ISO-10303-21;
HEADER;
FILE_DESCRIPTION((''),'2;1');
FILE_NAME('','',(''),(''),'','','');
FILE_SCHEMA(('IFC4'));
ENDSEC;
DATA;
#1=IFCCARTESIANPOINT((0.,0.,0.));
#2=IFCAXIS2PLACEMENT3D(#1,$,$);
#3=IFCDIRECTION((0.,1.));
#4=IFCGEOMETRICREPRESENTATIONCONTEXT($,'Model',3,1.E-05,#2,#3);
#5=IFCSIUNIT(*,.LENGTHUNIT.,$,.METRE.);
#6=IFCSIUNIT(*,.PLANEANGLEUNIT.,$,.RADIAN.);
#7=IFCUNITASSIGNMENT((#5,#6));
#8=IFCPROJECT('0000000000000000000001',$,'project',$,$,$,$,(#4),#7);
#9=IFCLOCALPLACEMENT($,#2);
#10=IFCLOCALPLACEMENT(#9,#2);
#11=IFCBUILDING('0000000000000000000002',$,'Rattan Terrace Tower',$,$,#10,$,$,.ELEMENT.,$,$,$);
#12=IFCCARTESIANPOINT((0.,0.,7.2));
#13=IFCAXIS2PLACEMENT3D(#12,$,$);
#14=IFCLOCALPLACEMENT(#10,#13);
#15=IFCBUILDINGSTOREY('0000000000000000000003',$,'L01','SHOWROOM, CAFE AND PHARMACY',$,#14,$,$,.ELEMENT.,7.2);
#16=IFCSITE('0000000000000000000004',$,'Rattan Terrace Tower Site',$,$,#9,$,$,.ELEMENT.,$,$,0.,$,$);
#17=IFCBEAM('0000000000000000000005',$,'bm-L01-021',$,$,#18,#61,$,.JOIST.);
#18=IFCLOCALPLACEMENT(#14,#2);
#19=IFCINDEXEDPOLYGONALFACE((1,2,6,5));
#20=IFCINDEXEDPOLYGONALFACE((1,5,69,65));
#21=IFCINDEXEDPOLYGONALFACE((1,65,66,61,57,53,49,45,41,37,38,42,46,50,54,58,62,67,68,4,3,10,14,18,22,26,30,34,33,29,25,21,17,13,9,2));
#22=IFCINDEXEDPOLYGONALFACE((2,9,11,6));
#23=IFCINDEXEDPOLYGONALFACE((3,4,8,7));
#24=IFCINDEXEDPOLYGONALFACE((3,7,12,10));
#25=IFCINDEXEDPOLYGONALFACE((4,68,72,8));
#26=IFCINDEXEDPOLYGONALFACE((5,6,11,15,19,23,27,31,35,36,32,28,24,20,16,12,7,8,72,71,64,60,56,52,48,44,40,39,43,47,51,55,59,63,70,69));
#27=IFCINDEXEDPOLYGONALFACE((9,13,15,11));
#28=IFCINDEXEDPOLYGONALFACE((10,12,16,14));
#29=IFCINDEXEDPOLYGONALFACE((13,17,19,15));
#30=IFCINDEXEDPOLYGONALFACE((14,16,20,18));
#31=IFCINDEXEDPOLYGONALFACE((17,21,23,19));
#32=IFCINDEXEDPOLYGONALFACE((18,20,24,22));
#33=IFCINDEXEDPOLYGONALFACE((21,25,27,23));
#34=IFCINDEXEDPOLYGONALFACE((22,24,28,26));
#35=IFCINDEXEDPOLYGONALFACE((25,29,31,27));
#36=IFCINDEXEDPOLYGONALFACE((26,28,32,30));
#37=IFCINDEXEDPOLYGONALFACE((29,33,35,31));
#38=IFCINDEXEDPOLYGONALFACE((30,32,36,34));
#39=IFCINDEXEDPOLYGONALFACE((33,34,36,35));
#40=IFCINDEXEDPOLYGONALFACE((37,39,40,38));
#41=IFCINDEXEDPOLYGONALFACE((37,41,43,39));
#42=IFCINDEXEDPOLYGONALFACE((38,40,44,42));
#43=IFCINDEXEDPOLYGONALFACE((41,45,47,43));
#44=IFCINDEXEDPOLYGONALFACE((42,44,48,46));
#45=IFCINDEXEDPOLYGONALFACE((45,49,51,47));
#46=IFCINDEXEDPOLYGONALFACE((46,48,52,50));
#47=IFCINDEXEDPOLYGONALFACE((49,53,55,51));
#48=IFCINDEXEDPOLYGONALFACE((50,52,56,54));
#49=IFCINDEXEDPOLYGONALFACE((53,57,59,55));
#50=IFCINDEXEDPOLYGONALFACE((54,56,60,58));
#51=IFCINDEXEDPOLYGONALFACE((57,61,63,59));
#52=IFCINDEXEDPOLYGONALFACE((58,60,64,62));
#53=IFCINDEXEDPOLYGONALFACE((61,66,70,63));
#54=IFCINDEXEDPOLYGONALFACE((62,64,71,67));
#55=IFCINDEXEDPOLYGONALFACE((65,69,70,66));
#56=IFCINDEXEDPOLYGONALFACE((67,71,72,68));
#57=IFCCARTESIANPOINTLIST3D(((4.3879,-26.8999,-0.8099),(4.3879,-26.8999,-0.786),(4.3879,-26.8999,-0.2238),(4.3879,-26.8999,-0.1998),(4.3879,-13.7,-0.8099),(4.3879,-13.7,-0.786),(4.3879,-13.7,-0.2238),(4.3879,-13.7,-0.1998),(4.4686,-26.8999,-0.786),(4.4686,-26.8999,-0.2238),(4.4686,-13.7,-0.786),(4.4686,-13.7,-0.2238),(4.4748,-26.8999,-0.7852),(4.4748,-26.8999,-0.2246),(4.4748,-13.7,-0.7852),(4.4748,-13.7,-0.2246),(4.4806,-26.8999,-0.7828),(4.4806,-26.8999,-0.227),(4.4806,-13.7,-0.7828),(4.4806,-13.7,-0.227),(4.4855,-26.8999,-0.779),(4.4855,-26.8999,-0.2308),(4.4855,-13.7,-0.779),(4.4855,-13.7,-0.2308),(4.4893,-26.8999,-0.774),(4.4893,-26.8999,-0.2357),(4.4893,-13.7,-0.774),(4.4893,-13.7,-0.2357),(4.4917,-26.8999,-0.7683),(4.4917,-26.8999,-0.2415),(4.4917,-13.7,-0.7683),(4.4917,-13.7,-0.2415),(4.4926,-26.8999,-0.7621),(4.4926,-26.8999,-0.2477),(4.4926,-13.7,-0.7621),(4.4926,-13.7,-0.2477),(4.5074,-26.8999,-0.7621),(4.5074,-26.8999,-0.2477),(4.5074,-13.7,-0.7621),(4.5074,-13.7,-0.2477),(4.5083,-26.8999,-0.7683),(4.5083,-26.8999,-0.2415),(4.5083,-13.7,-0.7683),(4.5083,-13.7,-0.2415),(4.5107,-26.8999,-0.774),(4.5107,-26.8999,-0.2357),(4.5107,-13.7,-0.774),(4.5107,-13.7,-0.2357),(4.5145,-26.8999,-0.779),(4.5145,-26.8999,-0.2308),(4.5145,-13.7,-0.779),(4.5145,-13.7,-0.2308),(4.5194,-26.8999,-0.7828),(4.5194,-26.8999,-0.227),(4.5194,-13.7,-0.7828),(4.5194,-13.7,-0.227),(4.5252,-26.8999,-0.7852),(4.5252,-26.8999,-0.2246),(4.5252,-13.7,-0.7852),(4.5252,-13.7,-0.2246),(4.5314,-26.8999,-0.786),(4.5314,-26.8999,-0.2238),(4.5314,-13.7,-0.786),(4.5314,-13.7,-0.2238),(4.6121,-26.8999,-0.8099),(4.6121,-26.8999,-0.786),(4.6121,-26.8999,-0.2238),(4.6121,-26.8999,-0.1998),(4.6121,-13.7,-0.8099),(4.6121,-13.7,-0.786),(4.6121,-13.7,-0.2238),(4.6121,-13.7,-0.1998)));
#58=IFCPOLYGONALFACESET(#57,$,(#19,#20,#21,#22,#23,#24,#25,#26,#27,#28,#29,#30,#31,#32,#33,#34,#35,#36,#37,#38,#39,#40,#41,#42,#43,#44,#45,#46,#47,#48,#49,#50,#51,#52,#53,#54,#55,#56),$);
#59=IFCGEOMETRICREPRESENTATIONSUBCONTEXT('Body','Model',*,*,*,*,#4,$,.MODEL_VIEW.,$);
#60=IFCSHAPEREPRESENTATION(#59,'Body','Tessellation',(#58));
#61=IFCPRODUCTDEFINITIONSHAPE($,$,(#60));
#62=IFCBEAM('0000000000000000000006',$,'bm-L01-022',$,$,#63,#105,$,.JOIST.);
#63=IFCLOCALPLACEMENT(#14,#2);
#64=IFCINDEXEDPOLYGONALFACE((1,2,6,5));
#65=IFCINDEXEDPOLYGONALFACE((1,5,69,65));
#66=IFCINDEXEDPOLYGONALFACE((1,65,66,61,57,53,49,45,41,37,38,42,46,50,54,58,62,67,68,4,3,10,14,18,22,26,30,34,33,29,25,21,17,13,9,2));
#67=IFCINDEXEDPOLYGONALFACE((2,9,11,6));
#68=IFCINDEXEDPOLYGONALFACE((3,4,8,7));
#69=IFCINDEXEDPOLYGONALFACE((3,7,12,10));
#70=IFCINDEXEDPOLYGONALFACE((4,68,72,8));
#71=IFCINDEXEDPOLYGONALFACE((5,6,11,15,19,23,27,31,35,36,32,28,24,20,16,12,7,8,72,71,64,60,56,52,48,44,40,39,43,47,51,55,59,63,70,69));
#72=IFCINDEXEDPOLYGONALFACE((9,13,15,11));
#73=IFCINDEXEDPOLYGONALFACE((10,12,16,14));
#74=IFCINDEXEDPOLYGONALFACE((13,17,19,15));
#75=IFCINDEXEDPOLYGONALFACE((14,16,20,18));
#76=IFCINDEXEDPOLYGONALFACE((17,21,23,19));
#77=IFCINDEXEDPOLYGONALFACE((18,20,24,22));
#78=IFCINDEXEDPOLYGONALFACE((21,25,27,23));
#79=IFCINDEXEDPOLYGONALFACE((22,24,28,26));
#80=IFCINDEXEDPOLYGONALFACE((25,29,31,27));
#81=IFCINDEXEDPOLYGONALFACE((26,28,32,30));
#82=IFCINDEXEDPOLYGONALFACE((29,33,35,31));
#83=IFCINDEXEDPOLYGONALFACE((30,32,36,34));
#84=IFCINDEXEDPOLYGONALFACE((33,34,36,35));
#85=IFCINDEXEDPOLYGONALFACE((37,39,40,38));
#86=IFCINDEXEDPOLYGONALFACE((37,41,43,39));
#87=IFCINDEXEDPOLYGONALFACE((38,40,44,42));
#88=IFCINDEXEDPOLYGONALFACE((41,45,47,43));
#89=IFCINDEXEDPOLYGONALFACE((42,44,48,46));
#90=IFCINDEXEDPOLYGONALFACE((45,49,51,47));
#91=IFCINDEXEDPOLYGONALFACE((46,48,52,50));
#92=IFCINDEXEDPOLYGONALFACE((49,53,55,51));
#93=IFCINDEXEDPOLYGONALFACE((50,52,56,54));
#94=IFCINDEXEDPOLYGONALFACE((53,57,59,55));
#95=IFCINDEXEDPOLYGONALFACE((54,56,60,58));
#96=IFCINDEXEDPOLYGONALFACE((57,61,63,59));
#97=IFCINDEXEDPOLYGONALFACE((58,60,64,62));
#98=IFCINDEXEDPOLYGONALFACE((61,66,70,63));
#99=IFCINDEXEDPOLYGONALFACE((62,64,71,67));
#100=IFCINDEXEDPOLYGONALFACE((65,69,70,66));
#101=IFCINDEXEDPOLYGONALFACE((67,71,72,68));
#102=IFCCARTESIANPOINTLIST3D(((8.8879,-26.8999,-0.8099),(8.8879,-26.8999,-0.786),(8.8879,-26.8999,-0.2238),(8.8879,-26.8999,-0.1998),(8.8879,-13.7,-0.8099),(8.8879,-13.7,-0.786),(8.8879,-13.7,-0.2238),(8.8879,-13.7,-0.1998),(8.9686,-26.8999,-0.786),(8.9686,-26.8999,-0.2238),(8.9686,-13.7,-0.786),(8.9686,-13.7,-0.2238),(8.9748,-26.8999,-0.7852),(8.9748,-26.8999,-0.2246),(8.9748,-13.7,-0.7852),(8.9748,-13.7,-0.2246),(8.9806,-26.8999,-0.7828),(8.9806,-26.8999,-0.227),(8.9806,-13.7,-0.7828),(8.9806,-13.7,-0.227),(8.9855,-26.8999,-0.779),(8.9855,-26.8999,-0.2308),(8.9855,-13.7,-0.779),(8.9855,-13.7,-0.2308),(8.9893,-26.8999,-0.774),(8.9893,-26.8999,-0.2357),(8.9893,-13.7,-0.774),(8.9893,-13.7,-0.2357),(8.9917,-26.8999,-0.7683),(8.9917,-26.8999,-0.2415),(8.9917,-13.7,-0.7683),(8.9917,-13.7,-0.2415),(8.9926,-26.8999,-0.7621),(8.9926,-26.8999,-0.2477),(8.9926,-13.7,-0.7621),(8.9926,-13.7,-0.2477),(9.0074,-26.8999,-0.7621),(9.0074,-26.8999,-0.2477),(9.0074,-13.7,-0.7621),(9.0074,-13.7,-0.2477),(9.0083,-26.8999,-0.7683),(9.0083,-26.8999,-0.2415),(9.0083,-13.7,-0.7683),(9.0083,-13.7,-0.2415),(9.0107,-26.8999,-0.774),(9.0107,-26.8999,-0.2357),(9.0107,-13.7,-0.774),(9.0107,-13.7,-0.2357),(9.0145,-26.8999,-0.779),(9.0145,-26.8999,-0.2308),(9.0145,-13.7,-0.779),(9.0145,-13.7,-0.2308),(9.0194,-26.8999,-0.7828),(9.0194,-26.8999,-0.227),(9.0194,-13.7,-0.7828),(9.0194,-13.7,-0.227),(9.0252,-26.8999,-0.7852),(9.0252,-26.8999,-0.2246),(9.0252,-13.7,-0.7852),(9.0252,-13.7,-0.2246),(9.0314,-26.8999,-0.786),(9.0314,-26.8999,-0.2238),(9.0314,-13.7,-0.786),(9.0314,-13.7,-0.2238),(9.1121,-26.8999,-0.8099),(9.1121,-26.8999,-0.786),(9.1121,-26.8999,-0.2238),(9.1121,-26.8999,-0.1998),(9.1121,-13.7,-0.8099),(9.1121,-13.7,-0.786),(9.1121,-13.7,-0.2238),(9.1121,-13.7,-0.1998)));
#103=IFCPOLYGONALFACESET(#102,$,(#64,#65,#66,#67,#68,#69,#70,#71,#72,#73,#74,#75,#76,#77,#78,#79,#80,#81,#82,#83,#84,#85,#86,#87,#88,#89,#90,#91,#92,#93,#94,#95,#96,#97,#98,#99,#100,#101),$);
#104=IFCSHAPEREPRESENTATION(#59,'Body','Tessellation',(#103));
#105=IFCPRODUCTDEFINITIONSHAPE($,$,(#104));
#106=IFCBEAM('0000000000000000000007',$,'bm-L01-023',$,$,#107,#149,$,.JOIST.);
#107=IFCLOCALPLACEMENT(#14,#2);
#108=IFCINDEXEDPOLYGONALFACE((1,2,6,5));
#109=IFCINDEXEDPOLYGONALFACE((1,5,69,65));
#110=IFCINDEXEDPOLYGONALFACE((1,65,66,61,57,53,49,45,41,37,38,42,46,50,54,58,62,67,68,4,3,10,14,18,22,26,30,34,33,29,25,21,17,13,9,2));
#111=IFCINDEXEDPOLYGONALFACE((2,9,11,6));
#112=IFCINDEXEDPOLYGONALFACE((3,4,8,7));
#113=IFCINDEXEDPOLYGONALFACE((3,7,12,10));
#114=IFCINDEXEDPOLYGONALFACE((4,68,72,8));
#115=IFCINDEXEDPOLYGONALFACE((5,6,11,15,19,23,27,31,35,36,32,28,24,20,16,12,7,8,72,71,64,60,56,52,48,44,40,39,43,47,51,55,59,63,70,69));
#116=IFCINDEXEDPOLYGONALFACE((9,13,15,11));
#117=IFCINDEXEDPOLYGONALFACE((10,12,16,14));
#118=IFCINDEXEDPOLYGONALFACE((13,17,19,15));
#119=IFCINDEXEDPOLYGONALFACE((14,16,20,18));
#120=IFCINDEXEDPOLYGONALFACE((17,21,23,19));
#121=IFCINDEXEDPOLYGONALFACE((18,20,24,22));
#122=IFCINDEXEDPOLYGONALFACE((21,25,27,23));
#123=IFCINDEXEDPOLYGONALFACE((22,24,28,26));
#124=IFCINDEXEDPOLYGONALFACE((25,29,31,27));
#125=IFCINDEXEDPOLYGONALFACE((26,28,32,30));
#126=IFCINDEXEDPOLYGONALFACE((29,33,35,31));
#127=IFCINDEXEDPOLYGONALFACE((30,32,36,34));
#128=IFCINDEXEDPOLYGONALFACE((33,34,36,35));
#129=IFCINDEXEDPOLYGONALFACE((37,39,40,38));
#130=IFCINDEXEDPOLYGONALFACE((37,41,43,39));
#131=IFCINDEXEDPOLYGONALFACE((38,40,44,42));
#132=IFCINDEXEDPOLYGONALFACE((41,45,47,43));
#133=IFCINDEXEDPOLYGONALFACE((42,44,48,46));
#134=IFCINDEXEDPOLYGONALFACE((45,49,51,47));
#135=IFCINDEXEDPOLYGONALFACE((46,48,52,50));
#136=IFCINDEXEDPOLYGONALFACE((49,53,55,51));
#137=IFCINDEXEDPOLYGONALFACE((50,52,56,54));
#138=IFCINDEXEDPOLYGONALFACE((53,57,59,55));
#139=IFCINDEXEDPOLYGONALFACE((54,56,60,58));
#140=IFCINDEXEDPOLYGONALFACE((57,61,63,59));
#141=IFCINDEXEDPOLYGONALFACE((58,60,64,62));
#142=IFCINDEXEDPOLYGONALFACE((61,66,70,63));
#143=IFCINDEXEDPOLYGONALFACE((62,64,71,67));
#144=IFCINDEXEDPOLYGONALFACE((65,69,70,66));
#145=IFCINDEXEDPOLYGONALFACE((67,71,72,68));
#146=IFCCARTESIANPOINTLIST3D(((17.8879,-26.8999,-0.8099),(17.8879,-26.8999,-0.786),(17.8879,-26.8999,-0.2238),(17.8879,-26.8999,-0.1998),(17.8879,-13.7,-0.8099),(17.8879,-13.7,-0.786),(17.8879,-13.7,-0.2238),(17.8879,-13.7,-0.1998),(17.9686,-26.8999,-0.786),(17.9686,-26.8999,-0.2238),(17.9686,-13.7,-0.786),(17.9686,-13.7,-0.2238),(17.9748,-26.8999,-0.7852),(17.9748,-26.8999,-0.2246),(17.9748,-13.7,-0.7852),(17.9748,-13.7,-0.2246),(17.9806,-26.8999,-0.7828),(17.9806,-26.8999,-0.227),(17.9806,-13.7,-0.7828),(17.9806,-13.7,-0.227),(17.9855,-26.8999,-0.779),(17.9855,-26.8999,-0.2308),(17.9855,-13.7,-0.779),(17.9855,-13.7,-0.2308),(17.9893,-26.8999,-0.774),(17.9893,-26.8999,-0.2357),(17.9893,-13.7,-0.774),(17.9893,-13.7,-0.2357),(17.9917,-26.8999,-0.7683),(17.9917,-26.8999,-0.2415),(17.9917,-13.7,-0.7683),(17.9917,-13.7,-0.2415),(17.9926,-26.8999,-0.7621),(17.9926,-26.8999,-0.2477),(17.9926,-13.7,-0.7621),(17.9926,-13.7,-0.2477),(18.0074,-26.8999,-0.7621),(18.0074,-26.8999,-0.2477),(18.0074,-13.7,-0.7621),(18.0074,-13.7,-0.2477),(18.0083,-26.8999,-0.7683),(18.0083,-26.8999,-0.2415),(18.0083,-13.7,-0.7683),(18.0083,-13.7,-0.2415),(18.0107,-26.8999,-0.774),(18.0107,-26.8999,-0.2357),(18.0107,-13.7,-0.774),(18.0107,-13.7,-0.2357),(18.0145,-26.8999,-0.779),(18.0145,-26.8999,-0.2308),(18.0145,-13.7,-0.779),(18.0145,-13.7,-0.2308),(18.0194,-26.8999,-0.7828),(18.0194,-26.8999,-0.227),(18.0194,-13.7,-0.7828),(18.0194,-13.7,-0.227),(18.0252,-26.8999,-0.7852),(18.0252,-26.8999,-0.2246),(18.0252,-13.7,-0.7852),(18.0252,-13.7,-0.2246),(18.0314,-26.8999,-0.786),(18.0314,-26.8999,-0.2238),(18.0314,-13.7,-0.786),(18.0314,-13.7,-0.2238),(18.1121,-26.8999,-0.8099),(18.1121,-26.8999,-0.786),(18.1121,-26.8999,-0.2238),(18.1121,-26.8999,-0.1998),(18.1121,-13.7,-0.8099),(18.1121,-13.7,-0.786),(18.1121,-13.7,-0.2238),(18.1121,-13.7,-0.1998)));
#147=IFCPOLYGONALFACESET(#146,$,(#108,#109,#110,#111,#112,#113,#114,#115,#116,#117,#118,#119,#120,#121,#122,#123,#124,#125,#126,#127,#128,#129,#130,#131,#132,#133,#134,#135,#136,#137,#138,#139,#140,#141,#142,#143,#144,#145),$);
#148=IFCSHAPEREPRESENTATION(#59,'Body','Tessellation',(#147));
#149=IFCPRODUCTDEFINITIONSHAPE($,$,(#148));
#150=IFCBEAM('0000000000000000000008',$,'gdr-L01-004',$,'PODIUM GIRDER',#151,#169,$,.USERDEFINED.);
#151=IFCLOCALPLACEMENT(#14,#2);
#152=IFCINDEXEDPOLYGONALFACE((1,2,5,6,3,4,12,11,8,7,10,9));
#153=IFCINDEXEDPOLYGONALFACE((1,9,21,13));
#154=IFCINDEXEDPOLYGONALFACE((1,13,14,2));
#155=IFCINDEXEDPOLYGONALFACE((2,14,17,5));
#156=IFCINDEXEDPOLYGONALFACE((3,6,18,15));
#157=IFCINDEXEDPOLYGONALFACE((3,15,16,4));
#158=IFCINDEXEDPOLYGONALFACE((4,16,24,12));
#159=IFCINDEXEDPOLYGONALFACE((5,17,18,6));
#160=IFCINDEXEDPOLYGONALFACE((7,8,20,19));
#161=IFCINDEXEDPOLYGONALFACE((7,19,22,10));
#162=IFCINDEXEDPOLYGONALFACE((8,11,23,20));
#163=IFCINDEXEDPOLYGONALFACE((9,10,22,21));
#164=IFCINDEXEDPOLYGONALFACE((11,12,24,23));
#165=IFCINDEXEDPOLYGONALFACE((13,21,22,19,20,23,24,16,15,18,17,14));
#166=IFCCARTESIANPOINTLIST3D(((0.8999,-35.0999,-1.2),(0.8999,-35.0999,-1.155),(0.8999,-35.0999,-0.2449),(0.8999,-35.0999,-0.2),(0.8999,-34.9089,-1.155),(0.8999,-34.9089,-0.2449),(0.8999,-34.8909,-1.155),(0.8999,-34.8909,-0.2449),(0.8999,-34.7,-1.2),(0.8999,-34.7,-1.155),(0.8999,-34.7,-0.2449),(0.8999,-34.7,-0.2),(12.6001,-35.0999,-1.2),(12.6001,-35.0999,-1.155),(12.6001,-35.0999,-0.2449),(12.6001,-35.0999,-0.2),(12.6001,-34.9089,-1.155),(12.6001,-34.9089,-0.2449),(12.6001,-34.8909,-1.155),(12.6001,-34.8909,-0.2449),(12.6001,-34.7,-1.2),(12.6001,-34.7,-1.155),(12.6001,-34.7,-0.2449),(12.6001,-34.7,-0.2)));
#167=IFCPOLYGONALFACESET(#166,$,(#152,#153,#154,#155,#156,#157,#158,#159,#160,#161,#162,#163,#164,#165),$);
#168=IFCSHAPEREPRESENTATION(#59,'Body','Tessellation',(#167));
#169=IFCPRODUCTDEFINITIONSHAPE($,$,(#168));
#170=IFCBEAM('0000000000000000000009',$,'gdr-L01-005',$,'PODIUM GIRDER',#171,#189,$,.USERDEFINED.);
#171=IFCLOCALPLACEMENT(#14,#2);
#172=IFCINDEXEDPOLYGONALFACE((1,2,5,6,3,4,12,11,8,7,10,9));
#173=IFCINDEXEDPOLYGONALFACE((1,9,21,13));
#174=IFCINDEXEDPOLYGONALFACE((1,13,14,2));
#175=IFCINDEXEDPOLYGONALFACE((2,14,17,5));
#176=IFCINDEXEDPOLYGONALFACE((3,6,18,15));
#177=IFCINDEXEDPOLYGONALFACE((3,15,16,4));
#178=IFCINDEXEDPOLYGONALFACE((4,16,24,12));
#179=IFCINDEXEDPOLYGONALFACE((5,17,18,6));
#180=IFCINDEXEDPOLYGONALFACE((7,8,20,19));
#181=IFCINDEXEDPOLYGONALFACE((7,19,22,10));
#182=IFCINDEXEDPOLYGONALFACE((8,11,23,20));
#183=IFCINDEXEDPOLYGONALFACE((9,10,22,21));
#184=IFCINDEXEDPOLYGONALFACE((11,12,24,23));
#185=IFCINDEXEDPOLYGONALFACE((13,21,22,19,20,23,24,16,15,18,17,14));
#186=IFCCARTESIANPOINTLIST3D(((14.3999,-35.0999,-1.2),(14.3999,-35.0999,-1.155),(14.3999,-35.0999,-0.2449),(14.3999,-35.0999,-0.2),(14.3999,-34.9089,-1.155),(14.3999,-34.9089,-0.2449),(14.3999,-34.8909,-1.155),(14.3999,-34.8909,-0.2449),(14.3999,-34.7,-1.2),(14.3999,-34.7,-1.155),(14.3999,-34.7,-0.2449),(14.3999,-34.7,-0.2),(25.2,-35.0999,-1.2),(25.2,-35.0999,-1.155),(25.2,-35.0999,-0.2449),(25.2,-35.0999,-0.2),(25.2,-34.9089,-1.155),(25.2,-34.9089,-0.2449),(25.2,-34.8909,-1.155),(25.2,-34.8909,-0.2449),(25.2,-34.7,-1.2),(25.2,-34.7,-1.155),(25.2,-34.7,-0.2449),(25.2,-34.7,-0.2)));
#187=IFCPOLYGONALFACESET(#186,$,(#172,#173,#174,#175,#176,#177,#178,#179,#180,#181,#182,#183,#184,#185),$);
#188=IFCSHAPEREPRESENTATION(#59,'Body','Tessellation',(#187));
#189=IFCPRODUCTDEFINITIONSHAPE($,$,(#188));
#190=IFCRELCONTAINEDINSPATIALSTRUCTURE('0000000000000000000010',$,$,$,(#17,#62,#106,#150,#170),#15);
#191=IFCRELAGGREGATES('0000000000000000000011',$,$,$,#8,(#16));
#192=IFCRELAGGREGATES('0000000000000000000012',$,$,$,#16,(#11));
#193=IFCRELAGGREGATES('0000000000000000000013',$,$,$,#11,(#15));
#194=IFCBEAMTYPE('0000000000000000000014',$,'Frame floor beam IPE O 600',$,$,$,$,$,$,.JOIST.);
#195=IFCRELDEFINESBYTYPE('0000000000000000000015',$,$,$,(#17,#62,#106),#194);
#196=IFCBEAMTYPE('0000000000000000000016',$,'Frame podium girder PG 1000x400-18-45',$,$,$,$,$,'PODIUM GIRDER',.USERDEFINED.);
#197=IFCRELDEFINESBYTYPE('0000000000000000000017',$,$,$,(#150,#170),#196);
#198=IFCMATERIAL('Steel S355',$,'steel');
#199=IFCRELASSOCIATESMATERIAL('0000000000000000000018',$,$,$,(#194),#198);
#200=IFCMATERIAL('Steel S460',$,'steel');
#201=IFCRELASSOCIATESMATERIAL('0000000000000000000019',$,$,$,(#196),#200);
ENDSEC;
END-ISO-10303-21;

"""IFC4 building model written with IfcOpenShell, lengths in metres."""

from ifc_helpers import new_model, si_unit, direction, frame, origin, origin_2d, place, context, subcontext, project, spatial, i_section, extrude, material, material_profile, profile_set, type_object, element, save


model = new_model("IFC4")

# Units and contexts
model_context = context("Model", 3, precision=1e-05, world=origin(), true_north=direction((0.0, 1.0)))
body_context = subcontext(model_context, "Body", "Model", "MODEL_VIEW")
ifc_project = project(units=[si_unit("LENGTHUNIT", "METRE"), si_unit("PLANEANGLEUNIT", "RADIAN")], contexts=[model_context])

# Site, building, storey
site_placement = place(None, origin())
site = spatial("IfcSite", under=ifc_project, at=site_placement, Name="Rattan Terrace Tower Site", CompositionType="ELEMENT", RefElevation=0.0)
building_placement = place(site_placement, origin())
building = spatial("IfcBuilding", under=site, at=building_placement, Name="Rattan Terrace Tower", CompositionType="ELEMENT")
storey_placement = place(building_placement, frame((0.0, 0.0, 7.2)))
storey = spatial("IfcBuildingStorey", under=building, at=storey_placement, Name="L01", Description="SHOWROOM, CAFE AND PHARMACY", CompositionType="ELEMENT", Elevation=7.2)

# Beams
ifc_material_1 = material(Name="Steel S355", Category="steel")
ifc_material_profile_1 = material_profile(ifc_material_1, i_section(OverallWidth=0.2241, OverallDepth=0.6101, WebThickness=0.0149, FlangeThickness=0.0239, FilletRadius=0.0239, at=origin_2d()), Name="IPE O 600")
ifc_profile_set_1 = profile_set([ifc_material_profile_1], Name="Steel S355")
beam_type_1 = type_object("IfcBeamType", Name="Frame floor beam IPE O 600", PredefinedType="JOIST", material=ifc_profile_set_1)
for number, where, z_axis, x_axis, name in (
    (1, (4.5, -26.8999, -0.5049), (0.0, 1.0, 0.0), (-1.0, 0.0, 0.0), "bm-L01-021"),
    (2, (9.0, -26.8999, -0.5049), (0.0, 1.0, 0.0), (-1.0, 0.0, 0.0), "bm-L01-022"),
    (3, (18.0, -26.8999, -0.5049), (0.0, 1.0, 0.0), (-1.0, 0.0, 0.0), "bm-L01-023"),
):
    element("IfcBeam", number, at=place(storey_placement, frame(where, z_axis=z_axis, x_axis=x_axis)), inside=storey, type_object=beam_type_1, Name=name, PredefinedType="JOIST", context=body_context, shape_type="SweptSolid", body=[
        extrude(i_section(OverallWidth=0.2241, OverallDepth=0.6101, WebThickness=0.0149, FlangeThickness=0.0239, FilletRadius=0.0239, at=origin_2d()), origin(), (0.0, 0.0, 1.0), 13.2),
    ])
ifc_material_2 = material(Name="Steel S460", Category="steel")
ifc_material_profile_2 = material_profile(ifc_material_2, i_section(OverallWidth=0.3999, OverallDepth=1.0, WebThickness=0.0181, FlangeThickness=0.0449, at=origin_2d()), Name="PG 1000x400-18-45")
ifc_profile_set_2 = profile_set([ifc_material_profile_2], Name="Steel S460")
beam_type_2 = type_object("IfcBeamType", Name="Frame podium girder PG 1000x400-18-45", ElementType="PODIUM GIRDER", PredefinedType="USERDEFINED", material=ifc_profile_set_2)
beam_1_placement = place(storey_placement, frame((0.8999, -34.8999, -0.7), z_axis=(1.0, 0.0, 0.0), x_axis=(0.0, 1.0, 0.0)))
element("IfcBeam", 4, at=beam_1_placement, inside=storey, type_object=beam_type_2, Name="gdr-L01-004", ObjectType="PODIUM GIRDER", PredefinedType="USERDEFINED", context=body_context, shape_type="SweptSolid", body=[
    extrude(i_section(OverallWidth=0.3999, OverallDepth=1.0, WebThickness=0.0181, FlangeThickness=0.0449, at=origin_2d()), origin(), (0.0, 0.0, 1.0), 11.7002),
])
beam_2_placement = place(storey_placement, frame((14.3999, -34.8999, -0.7), z_axis=(1.0, 0.0, 0.0), x_axis=(0.0, 1.0, 0.0)))
element("IfcBeam", 5, at=beam_2_placement, inside=storey, type_object=beam_type_2, Name="gdr-L01-005", ObjectType="PODIUM GIRDER", PredefinedType="USERDEFINED", context=body_context, shape_type="SweptSolid", body=[
    extrude(i_section(OverallWidth=0.3999, OverallDepth=1.0, WebThickness=0.0181, FlangeThickness=0.0449, at=origin_2d()), origin(), (0.0, 0.0, 1.0), 10.8),
])

save(model, "model.ifc")
